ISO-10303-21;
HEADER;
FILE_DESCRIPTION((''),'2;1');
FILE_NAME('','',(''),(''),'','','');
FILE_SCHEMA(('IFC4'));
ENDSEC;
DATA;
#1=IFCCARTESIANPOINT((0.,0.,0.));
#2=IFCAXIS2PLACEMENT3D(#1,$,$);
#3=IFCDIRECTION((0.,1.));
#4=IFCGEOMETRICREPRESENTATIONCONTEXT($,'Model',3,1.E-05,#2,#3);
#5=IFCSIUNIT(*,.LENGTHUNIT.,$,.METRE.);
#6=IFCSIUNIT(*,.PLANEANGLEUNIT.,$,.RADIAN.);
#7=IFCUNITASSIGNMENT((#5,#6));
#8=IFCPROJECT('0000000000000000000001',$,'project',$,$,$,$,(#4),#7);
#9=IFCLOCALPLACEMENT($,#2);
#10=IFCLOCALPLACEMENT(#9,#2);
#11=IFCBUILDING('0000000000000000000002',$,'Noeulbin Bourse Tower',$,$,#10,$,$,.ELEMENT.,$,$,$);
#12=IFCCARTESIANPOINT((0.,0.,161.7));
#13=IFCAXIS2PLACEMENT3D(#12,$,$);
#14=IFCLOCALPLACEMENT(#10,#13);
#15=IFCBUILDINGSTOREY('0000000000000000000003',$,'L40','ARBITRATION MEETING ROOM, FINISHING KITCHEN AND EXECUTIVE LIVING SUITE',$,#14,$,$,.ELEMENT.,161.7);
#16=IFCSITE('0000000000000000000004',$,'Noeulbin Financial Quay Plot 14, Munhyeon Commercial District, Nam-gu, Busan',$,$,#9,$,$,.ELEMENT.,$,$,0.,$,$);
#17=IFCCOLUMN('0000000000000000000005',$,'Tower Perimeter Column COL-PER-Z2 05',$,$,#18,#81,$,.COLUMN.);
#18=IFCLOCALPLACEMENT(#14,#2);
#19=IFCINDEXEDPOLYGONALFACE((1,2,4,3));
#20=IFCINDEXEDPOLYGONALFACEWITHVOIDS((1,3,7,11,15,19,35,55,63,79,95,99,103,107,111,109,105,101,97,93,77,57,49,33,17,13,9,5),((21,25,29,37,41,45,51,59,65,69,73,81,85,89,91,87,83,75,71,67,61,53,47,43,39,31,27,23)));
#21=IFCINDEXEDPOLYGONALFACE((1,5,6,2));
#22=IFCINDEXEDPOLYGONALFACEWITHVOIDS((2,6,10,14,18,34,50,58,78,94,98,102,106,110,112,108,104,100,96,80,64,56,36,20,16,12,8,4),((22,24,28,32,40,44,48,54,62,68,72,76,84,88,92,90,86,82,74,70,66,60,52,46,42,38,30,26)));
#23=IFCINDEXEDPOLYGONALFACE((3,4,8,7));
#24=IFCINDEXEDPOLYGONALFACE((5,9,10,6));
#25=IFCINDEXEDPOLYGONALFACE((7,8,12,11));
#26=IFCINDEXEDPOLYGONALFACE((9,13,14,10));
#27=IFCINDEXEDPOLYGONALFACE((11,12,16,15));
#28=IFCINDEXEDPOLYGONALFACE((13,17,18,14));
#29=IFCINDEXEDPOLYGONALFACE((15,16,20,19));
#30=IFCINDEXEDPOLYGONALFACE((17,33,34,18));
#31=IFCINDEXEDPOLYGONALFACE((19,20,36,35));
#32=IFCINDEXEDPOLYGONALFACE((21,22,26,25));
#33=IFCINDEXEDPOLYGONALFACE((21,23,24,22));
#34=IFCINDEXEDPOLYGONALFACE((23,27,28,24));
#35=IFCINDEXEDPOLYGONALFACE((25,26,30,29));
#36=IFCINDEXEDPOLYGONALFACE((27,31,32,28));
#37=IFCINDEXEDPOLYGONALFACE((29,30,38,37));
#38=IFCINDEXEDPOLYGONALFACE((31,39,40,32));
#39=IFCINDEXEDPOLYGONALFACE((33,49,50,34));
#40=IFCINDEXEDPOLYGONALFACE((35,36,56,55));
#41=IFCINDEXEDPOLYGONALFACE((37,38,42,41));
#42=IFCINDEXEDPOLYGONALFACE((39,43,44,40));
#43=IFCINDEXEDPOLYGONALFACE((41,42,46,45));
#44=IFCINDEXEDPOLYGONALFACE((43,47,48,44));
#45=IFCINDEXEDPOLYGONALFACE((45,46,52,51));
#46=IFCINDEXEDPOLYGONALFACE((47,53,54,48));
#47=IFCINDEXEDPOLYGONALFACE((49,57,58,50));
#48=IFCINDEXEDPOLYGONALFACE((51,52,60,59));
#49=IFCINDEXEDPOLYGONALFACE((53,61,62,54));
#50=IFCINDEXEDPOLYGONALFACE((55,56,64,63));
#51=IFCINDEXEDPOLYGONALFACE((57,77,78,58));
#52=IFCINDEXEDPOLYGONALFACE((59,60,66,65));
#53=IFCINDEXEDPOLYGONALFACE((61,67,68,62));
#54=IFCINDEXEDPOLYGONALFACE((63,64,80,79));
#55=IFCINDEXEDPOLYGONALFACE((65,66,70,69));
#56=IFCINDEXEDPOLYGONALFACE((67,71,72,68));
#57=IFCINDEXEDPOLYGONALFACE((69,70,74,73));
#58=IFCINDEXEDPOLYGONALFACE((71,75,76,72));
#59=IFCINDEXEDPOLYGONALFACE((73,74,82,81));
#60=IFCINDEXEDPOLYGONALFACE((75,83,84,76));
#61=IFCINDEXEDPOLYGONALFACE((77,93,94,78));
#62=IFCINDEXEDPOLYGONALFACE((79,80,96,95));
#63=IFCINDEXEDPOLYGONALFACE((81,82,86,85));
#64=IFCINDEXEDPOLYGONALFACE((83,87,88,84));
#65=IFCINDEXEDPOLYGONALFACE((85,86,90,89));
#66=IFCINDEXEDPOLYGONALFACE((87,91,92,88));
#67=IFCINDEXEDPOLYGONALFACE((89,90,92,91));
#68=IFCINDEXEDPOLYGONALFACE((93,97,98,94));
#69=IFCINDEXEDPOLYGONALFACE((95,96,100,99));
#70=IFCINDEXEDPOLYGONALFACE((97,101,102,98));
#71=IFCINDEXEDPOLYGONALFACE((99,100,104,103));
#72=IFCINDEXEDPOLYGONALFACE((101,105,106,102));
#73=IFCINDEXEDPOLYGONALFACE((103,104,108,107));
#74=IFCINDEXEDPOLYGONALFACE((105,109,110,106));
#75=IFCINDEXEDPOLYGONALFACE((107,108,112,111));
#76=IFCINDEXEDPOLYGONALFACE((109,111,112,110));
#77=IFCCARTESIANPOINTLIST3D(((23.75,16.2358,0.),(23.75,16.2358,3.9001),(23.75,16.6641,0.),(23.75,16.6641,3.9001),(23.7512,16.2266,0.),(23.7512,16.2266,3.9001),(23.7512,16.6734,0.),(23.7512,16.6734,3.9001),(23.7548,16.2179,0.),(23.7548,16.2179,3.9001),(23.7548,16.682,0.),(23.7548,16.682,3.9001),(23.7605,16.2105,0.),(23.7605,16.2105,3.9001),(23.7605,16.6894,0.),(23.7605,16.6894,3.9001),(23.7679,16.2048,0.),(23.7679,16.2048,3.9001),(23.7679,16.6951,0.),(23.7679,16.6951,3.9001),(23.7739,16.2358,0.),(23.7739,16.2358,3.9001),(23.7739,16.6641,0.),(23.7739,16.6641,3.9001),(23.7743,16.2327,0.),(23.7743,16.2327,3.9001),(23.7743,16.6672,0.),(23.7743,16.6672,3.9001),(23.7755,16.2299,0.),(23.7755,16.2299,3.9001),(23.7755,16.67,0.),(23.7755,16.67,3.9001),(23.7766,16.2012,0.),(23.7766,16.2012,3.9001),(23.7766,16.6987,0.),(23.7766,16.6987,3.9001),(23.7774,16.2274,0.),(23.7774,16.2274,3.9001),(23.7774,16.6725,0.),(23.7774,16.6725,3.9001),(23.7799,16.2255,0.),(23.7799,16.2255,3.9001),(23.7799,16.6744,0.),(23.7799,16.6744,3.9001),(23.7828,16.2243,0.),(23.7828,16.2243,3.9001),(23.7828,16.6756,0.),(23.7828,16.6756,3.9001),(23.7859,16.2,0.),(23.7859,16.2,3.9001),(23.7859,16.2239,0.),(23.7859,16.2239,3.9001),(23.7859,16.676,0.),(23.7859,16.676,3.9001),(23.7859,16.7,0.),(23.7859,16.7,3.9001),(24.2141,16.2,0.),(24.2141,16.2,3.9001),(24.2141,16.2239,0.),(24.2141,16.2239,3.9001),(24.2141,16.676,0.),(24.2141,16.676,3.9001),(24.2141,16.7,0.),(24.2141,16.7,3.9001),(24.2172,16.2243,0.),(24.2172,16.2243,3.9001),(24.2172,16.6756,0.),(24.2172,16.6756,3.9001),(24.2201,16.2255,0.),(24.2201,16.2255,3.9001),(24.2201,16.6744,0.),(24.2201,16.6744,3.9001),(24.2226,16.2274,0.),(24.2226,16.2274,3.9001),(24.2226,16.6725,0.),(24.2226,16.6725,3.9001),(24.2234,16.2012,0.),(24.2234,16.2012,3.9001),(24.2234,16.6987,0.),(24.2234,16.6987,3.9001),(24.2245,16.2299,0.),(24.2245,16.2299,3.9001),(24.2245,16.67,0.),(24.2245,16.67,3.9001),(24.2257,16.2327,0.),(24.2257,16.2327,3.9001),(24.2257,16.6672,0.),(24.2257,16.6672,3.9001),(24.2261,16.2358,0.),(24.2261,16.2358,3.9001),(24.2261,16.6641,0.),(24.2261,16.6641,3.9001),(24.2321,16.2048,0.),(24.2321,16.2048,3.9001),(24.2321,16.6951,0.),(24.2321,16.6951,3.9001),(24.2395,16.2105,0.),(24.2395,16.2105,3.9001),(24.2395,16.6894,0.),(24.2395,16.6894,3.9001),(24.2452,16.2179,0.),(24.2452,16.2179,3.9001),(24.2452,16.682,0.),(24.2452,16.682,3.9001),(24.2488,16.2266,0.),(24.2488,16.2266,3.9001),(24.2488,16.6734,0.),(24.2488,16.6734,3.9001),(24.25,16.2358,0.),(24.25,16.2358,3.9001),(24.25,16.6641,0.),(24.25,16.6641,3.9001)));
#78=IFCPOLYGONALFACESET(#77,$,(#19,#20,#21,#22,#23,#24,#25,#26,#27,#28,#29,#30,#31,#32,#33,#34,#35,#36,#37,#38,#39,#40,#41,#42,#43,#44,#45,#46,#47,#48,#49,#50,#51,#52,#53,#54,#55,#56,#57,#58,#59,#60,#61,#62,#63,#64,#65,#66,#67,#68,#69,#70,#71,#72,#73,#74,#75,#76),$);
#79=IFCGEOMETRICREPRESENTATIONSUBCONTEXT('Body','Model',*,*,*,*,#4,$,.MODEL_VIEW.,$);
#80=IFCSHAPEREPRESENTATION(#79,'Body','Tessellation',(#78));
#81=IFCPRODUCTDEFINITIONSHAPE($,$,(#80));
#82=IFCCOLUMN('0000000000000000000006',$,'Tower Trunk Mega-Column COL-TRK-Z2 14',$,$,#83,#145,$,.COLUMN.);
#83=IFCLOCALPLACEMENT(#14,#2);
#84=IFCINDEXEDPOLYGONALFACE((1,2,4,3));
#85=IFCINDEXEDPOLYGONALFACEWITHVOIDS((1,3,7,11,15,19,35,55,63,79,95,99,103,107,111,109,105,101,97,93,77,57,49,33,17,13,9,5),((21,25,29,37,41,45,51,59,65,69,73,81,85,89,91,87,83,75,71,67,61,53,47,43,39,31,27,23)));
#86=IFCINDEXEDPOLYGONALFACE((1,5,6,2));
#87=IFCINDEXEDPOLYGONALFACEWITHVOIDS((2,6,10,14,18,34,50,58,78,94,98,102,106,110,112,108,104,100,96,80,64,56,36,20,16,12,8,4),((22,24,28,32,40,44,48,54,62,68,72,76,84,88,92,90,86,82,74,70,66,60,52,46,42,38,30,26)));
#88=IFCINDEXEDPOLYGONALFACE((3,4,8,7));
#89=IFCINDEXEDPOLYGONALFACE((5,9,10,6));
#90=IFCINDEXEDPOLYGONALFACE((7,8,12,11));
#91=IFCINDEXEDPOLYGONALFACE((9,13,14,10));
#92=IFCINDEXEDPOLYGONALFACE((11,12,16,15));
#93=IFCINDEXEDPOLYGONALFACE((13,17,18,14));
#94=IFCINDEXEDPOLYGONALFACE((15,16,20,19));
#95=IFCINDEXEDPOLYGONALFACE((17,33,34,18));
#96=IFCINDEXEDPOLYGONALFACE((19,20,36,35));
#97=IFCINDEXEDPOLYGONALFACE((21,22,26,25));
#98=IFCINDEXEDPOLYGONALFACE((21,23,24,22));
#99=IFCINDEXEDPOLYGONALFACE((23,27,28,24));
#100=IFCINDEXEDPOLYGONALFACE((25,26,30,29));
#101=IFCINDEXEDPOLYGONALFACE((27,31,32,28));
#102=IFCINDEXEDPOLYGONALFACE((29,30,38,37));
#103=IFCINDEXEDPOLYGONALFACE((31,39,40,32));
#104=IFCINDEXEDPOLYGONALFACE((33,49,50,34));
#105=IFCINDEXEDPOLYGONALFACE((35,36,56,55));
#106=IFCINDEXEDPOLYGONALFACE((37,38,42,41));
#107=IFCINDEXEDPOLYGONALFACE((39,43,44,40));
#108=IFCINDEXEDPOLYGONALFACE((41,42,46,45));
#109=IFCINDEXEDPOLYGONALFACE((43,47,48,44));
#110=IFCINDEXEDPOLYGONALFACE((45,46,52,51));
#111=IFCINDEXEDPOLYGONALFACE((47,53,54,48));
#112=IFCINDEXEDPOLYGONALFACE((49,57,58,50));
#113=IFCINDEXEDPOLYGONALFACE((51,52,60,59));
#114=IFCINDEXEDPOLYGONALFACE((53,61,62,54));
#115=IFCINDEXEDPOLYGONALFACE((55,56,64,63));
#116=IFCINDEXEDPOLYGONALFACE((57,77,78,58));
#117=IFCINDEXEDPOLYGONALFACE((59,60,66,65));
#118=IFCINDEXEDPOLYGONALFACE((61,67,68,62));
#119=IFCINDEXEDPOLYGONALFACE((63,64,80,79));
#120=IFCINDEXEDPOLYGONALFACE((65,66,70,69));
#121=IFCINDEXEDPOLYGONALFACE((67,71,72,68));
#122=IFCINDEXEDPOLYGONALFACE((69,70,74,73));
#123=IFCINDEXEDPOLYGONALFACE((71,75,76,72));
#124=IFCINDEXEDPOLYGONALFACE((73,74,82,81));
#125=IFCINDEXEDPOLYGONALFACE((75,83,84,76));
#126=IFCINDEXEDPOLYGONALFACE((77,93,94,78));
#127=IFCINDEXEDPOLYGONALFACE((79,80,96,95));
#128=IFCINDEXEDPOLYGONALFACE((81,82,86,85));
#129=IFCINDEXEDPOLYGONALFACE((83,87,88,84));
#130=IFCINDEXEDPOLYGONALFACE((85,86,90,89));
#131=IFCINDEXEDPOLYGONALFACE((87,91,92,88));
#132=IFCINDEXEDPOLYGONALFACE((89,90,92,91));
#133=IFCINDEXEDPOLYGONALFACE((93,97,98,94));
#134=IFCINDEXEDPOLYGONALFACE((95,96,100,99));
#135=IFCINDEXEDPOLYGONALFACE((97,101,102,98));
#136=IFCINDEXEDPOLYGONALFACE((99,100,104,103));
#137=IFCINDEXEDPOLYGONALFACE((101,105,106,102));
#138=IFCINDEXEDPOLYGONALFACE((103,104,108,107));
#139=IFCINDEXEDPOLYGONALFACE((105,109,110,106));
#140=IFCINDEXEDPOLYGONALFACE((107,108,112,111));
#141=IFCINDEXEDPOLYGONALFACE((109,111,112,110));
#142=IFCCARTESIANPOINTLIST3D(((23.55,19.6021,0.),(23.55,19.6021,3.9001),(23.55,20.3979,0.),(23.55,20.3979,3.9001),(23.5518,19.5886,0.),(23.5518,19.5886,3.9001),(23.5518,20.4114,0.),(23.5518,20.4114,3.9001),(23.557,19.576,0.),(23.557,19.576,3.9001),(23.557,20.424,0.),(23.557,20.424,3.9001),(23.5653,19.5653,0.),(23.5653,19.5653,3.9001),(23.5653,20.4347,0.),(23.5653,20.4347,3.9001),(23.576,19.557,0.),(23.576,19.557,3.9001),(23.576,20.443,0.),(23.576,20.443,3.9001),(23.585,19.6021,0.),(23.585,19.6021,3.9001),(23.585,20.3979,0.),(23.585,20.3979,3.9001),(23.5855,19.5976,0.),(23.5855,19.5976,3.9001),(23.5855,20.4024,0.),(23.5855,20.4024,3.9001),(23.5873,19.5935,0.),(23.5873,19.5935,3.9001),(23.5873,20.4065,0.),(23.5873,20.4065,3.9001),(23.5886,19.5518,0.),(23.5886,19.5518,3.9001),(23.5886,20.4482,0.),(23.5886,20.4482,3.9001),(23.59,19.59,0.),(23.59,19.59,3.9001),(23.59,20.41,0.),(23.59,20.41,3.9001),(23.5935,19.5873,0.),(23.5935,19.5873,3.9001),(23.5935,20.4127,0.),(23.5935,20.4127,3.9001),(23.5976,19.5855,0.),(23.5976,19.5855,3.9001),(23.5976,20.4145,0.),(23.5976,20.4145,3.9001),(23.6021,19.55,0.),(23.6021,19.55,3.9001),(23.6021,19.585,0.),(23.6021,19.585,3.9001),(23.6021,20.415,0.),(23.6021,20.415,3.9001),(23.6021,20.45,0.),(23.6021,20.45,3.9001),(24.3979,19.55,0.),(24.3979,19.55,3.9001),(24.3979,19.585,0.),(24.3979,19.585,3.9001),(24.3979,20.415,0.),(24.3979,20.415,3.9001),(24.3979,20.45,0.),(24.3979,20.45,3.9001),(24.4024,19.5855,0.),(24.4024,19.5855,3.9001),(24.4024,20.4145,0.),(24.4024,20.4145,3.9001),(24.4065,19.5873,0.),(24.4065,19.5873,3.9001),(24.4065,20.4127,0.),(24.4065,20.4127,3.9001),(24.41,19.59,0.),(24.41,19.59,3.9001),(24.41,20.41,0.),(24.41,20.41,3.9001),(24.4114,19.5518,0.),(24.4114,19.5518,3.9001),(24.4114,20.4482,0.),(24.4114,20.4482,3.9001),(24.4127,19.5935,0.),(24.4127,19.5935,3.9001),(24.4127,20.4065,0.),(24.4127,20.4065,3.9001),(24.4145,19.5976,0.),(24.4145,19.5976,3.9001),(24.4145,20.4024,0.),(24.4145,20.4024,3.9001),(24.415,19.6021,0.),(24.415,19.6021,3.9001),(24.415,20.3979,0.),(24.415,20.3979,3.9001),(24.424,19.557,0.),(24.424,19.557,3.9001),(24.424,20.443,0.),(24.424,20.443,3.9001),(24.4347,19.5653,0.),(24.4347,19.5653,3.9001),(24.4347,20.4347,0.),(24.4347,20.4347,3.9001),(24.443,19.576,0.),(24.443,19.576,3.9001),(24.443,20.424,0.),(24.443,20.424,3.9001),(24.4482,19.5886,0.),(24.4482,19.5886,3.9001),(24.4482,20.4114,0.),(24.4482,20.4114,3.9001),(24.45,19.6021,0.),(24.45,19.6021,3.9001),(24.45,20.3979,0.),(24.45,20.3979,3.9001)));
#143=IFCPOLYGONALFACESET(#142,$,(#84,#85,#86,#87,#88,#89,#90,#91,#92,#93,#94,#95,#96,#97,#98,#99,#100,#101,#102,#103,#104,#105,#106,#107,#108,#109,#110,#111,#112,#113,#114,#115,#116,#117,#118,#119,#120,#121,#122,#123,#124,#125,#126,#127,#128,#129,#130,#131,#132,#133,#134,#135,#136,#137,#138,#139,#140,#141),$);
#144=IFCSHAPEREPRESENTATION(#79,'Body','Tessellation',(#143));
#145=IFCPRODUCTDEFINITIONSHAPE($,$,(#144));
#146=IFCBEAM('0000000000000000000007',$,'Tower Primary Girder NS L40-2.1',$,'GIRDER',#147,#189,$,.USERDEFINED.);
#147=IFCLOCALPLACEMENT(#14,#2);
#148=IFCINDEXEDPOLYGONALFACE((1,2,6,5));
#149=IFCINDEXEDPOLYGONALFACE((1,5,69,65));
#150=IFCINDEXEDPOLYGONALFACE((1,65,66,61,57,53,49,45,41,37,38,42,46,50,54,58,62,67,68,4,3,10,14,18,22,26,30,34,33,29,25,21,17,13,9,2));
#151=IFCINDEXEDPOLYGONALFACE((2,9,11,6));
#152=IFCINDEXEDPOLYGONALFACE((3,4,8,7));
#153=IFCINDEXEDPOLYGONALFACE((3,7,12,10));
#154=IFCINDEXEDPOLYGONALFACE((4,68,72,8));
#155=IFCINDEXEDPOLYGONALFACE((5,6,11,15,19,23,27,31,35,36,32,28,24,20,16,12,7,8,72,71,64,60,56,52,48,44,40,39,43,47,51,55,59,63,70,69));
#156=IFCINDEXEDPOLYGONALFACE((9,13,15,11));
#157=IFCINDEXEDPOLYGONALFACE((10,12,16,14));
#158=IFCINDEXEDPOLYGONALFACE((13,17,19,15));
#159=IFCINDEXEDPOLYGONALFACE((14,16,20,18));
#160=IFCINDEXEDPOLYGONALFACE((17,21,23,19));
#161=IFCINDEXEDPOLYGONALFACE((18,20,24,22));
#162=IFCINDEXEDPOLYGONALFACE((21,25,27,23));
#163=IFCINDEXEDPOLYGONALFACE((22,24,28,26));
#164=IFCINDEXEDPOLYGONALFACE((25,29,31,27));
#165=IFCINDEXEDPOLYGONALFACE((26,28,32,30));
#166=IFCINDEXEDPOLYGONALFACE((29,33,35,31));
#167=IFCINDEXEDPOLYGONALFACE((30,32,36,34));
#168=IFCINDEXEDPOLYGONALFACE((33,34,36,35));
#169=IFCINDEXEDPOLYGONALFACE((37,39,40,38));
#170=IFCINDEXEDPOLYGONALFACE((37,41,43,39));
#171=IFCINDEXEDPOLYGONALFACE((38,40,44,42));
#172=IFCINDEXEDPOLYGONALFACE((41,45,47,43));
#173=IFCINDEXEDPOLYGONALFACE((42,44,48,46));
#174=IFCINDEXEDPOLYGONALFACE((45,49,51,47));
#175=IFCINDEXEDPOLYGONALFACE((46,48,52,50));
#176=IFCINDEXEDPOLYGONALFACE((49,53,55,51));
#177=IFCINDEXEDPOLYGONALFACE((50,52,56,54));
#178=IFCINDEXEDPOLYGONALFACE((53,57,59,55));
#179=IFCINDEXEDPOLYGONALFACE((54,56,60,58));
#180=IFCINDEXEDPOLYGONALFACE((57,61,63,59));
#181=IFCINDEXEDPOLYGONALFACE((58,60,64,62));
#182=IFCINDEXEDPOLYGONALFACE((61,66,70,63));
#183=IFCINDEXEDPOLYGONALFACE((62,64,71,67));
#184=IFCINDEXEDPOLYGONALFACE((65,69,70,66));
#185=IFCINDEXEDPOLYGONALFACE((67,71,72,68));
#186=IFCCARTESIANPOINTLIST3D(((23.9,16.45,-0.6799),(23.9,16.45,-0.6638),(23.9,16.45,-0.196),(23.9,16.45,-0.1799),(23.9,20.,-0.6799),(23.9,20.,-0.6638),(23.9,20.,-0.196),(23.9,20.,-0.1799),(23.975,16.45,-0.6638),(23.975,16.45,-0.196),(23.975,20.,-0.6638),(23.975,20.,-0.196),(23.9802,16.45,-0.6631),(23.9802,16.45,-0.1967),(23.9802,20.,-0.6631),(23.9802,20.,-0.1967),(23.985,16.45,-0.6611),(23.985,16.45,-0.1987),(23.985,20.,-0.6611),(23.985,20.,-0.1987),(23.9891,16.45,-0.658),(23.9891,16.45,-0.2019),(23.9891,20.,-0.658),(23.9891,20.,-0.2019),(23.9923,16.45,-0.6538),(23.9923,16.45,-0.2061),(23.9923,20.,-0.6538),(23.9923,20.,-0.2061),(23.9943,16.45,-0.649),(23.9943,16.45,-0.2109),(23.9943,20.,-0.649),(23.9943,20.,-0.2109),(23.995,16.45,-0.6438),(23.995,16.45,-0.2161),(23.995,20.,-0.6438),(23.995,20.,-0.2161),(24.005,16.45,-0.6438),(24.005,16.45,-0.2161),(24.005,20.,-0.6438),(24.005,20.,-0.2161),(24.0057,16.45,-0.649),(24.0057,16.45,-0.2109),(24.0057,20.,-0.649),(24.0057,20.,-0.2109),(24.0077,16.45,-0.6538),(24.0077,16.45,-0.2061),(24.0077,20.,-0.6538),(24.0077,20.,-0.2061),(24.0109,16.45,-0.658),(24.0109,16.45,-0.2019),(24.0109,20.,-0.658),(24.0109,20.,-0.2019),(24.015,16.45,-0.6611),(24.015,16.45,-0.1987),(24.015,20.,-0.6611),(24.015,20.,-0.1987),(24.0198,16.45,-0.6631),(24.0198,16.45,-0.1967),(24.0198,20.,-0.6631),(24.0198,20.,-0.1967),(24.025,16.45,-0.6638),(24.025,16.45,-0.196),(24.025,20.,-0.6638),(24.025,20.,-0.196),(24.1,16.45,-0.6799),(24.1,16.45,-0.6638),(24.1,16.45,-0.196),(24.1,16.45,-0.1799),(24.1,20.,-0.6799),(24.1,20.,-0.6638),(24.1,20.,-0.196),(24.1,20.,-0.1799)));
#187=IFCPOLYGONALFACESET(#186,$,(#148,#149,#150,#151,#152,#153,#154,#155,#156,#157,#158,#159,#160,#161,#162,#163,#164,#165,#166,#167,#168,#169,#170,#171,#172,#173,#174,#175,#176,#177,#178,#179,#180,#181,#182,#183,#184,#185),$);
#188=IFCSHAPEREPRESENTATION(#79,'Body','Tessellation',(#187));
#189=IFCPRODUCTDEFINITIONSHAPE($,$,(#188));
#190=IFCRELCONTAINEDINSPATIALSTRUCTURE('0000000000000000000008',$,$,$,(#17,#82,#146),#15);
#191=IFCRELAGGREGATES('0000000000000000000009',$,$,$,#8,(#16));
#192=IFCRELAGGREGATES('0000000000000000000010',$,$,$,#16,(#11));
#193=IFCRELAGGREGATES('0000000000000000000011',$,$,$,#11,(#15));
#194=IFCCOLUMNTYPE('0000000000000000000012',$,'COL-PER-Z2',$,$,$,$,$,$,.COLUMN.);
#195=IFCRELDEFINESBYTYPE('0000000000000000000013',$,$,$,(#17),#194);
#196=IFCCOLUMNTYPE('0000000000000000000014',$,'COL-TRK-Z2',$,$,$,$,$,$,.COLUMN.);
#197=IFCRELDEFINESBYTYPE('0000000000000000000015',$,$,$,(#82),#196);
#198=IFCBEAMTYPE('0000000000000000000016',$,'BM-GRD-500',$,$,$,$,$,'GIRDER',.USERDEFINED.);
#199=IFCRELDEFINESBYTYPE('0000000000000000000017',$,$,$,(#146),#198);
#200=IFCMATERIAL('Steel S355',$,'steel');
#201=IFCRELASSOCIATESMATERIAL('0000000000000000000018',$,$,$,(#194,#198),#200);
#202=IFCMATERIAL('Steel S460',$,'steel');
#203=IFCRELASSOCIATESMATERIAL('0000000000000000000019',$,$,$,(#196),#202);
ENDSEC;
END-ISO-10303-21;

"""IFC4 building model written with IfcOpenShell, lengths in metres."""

from ifc_helpers import new_model, si_unit, direction, frame, origin, origin_2d, place, context, subcontext, project, spatial, hollow_rectangle, i_section, extrude, material, material_profile, profile_set, type_object, element, save


model = new_model("IFC4")

# Units and contexts
model_context = context("Model", 3, precision=1e-05, world=origin(), true_north=direction((0.0, 1.0)))
body_context = subcontext(model_context, "Body", "Model", "MODEL_VIEW")
ifc_project = project(units=[si_unit("LENGTHUNIT", "METRE"), si_unit("PLANEANGLEUNIT", "RADIAN")], contexts=[model_context])

# Site, building, storey
site_placement = place(None, origin())
site = spatial("IfcSite", under=ifc_project, at=site_placement, Name="Noeulbin Financial Quay Plot 14, Munhyeon Commercial District, Nam-gu, Busan", CompositionType="ELEMENT", RefElevation=0.0)
building_placement = place(site_placement, origin())
building = spatial("IfcBuilding", under=site, at=building_placement, Name="Noeulbin Bourse Tower", CompositionType="ELEMENT")
storey_placement = place(building_placement, frame((0.0, 0.0, 161.7)))
storey = spatial("IfcBuildingStorey", under=building, at=storey_placement, Name="L40", Description="ARBITRATION MEETING ROOM, FINISHING KITCHEN AND EXECUTIVE LIVING SUITE", CompositionType="ELEMENT", Elevation=161.7)

# Columns
ifc_material_1 = material(Name="Steel S355", Category="steel")
ifc_material_profile_1 = material_profile(ifc_material_1, hollow_rectangle(XDim=0.5, YDim=0.5, WallThickness=0.0239, InnerFilletRadius=0.012, OuterFilletRadius=0.0359, at=origin_2d()), Name="BOX-500x500x24", Category="LoadBearing")
ifc_profile_set_1 = profile_set([ifc_material_profile_1], Name="Steel S355")
column_type_1 = type_object("IfcColumnType", Name="COL-PER-Z2", PredefinedType="COLUMN", material=ifc_profile_set_1)
column_1_placement = place(storey_placement, frame((24.0, 16.45, 0.0), z_axis=(0.0, 0.0, 1.0), x_axis=(1.0, 0.0, 0.0)))
element("IfcColumn", 1, at=column_1_placement, inside=storey, type_object=column_type_1, Name="Tower Perimeter Column COL-PER-Z2 05", PredefinedType="COLUMN", context=body_context, shape_type="SweptSolid", body=[
    extrude(hollow_rectangle(XDim=0.5, YDim=0.5, WallThickness=0.0239, InnerFilletRadius=0.012, OuterFilletRadius=0.0359, at=origin_2d()), origin(), (0.0, 0.0, 1.0), 3.9001),
])
ifc_material_2 = material(Name="Steel S460", Category="steel")
ifc_material_profile_2 = material_profile(ifc_material_2, hollow_rectangle(XDim=0.8999, YDim=0.8999, WallThickness=0.0349, InnerFilletRadius=0.0171, OuterFilletRadius=0.052, at=origin_2d()), Name="BOX-900x900x35", Category="LoadBearing")
ifc_profile_set_2 = profile_set([ifc_material_profile_2], Name="Steel S460")
column_type_2 = type_object("IfcColumnType", Name="COL-TRK-Z2", PredefinedType="COLUMN", material=ifc_profile_set_2)
column_2_placement = place(storey_placement, frame((24.0, 20.0, 0.0), z_axis=(0.0, 0.0, 1.0), x_axis=(1.0, 0.0, 0.0)))
element("IfcColumn", 2, at=column_2_placement, inside=storey, type_object=column_type_2, Name="Tower Trunk Mega-Column COL-TRK-Z2 14", PredefinedType="COLUMN", context=body_context, shape_type="SweptSolid", body=[
    extrude(hollow_rectangle(XDim=0.8999, YDim=0.8999, WallThickness=0.0349, InnerFilletRadius=0.0171, OuterFilletRadius=0.052, at=origin_2d()), origin(), (0.0, 0.0, 1.0), 3.9001),
])

# Beam
ifc_material_profile_3 = material_profile(ifc_material_1, i_section(OverallWidth=0.2, OverallDepth=0.5, WebThickness=0.01, FlangeThickness=0.0161, FilletRadius=0.02, at=origin_2d()), Name="H-500x200x10x16", Category="LoadBearing")
ifc_profile_set_3 = profile_set([ifc_material_profile_3], Name="Steel S355")
beam_type_1 = type_object("IfcBeamType", Name="BM-GRD-500", ElementType="GIRDER", PredefinedType="USERDEFINED", material=ifc_profile_set_3)
beam_1_placement = place(storey_placement, frame((24.0, 16.45, -0.4299), z_axis=(0.0, 1.0, 0.0), x_axis=(-1.0, 0.0, 0.0)))
element("IfcBeam", 3, at=beam_1_placement, inside=storey, type_object=beam_type_1, Name="Tower Primary Girder NS L40-2.1", ObjectType="GIRDER", PredefinedType="USERDEFINED", context=body_context, shape_type="SweptSolid", body=[
    extrude(i_section(OverallWidth=0.2, OverallDepth=0.5, WebThickness=0.01, FlangeThickness=0.0161, FilletRadius=0.02, at=origin_2d()), origin(), (0.0, 0.0, 1.0), 3.55),
])

save(model, "model.ifc")
